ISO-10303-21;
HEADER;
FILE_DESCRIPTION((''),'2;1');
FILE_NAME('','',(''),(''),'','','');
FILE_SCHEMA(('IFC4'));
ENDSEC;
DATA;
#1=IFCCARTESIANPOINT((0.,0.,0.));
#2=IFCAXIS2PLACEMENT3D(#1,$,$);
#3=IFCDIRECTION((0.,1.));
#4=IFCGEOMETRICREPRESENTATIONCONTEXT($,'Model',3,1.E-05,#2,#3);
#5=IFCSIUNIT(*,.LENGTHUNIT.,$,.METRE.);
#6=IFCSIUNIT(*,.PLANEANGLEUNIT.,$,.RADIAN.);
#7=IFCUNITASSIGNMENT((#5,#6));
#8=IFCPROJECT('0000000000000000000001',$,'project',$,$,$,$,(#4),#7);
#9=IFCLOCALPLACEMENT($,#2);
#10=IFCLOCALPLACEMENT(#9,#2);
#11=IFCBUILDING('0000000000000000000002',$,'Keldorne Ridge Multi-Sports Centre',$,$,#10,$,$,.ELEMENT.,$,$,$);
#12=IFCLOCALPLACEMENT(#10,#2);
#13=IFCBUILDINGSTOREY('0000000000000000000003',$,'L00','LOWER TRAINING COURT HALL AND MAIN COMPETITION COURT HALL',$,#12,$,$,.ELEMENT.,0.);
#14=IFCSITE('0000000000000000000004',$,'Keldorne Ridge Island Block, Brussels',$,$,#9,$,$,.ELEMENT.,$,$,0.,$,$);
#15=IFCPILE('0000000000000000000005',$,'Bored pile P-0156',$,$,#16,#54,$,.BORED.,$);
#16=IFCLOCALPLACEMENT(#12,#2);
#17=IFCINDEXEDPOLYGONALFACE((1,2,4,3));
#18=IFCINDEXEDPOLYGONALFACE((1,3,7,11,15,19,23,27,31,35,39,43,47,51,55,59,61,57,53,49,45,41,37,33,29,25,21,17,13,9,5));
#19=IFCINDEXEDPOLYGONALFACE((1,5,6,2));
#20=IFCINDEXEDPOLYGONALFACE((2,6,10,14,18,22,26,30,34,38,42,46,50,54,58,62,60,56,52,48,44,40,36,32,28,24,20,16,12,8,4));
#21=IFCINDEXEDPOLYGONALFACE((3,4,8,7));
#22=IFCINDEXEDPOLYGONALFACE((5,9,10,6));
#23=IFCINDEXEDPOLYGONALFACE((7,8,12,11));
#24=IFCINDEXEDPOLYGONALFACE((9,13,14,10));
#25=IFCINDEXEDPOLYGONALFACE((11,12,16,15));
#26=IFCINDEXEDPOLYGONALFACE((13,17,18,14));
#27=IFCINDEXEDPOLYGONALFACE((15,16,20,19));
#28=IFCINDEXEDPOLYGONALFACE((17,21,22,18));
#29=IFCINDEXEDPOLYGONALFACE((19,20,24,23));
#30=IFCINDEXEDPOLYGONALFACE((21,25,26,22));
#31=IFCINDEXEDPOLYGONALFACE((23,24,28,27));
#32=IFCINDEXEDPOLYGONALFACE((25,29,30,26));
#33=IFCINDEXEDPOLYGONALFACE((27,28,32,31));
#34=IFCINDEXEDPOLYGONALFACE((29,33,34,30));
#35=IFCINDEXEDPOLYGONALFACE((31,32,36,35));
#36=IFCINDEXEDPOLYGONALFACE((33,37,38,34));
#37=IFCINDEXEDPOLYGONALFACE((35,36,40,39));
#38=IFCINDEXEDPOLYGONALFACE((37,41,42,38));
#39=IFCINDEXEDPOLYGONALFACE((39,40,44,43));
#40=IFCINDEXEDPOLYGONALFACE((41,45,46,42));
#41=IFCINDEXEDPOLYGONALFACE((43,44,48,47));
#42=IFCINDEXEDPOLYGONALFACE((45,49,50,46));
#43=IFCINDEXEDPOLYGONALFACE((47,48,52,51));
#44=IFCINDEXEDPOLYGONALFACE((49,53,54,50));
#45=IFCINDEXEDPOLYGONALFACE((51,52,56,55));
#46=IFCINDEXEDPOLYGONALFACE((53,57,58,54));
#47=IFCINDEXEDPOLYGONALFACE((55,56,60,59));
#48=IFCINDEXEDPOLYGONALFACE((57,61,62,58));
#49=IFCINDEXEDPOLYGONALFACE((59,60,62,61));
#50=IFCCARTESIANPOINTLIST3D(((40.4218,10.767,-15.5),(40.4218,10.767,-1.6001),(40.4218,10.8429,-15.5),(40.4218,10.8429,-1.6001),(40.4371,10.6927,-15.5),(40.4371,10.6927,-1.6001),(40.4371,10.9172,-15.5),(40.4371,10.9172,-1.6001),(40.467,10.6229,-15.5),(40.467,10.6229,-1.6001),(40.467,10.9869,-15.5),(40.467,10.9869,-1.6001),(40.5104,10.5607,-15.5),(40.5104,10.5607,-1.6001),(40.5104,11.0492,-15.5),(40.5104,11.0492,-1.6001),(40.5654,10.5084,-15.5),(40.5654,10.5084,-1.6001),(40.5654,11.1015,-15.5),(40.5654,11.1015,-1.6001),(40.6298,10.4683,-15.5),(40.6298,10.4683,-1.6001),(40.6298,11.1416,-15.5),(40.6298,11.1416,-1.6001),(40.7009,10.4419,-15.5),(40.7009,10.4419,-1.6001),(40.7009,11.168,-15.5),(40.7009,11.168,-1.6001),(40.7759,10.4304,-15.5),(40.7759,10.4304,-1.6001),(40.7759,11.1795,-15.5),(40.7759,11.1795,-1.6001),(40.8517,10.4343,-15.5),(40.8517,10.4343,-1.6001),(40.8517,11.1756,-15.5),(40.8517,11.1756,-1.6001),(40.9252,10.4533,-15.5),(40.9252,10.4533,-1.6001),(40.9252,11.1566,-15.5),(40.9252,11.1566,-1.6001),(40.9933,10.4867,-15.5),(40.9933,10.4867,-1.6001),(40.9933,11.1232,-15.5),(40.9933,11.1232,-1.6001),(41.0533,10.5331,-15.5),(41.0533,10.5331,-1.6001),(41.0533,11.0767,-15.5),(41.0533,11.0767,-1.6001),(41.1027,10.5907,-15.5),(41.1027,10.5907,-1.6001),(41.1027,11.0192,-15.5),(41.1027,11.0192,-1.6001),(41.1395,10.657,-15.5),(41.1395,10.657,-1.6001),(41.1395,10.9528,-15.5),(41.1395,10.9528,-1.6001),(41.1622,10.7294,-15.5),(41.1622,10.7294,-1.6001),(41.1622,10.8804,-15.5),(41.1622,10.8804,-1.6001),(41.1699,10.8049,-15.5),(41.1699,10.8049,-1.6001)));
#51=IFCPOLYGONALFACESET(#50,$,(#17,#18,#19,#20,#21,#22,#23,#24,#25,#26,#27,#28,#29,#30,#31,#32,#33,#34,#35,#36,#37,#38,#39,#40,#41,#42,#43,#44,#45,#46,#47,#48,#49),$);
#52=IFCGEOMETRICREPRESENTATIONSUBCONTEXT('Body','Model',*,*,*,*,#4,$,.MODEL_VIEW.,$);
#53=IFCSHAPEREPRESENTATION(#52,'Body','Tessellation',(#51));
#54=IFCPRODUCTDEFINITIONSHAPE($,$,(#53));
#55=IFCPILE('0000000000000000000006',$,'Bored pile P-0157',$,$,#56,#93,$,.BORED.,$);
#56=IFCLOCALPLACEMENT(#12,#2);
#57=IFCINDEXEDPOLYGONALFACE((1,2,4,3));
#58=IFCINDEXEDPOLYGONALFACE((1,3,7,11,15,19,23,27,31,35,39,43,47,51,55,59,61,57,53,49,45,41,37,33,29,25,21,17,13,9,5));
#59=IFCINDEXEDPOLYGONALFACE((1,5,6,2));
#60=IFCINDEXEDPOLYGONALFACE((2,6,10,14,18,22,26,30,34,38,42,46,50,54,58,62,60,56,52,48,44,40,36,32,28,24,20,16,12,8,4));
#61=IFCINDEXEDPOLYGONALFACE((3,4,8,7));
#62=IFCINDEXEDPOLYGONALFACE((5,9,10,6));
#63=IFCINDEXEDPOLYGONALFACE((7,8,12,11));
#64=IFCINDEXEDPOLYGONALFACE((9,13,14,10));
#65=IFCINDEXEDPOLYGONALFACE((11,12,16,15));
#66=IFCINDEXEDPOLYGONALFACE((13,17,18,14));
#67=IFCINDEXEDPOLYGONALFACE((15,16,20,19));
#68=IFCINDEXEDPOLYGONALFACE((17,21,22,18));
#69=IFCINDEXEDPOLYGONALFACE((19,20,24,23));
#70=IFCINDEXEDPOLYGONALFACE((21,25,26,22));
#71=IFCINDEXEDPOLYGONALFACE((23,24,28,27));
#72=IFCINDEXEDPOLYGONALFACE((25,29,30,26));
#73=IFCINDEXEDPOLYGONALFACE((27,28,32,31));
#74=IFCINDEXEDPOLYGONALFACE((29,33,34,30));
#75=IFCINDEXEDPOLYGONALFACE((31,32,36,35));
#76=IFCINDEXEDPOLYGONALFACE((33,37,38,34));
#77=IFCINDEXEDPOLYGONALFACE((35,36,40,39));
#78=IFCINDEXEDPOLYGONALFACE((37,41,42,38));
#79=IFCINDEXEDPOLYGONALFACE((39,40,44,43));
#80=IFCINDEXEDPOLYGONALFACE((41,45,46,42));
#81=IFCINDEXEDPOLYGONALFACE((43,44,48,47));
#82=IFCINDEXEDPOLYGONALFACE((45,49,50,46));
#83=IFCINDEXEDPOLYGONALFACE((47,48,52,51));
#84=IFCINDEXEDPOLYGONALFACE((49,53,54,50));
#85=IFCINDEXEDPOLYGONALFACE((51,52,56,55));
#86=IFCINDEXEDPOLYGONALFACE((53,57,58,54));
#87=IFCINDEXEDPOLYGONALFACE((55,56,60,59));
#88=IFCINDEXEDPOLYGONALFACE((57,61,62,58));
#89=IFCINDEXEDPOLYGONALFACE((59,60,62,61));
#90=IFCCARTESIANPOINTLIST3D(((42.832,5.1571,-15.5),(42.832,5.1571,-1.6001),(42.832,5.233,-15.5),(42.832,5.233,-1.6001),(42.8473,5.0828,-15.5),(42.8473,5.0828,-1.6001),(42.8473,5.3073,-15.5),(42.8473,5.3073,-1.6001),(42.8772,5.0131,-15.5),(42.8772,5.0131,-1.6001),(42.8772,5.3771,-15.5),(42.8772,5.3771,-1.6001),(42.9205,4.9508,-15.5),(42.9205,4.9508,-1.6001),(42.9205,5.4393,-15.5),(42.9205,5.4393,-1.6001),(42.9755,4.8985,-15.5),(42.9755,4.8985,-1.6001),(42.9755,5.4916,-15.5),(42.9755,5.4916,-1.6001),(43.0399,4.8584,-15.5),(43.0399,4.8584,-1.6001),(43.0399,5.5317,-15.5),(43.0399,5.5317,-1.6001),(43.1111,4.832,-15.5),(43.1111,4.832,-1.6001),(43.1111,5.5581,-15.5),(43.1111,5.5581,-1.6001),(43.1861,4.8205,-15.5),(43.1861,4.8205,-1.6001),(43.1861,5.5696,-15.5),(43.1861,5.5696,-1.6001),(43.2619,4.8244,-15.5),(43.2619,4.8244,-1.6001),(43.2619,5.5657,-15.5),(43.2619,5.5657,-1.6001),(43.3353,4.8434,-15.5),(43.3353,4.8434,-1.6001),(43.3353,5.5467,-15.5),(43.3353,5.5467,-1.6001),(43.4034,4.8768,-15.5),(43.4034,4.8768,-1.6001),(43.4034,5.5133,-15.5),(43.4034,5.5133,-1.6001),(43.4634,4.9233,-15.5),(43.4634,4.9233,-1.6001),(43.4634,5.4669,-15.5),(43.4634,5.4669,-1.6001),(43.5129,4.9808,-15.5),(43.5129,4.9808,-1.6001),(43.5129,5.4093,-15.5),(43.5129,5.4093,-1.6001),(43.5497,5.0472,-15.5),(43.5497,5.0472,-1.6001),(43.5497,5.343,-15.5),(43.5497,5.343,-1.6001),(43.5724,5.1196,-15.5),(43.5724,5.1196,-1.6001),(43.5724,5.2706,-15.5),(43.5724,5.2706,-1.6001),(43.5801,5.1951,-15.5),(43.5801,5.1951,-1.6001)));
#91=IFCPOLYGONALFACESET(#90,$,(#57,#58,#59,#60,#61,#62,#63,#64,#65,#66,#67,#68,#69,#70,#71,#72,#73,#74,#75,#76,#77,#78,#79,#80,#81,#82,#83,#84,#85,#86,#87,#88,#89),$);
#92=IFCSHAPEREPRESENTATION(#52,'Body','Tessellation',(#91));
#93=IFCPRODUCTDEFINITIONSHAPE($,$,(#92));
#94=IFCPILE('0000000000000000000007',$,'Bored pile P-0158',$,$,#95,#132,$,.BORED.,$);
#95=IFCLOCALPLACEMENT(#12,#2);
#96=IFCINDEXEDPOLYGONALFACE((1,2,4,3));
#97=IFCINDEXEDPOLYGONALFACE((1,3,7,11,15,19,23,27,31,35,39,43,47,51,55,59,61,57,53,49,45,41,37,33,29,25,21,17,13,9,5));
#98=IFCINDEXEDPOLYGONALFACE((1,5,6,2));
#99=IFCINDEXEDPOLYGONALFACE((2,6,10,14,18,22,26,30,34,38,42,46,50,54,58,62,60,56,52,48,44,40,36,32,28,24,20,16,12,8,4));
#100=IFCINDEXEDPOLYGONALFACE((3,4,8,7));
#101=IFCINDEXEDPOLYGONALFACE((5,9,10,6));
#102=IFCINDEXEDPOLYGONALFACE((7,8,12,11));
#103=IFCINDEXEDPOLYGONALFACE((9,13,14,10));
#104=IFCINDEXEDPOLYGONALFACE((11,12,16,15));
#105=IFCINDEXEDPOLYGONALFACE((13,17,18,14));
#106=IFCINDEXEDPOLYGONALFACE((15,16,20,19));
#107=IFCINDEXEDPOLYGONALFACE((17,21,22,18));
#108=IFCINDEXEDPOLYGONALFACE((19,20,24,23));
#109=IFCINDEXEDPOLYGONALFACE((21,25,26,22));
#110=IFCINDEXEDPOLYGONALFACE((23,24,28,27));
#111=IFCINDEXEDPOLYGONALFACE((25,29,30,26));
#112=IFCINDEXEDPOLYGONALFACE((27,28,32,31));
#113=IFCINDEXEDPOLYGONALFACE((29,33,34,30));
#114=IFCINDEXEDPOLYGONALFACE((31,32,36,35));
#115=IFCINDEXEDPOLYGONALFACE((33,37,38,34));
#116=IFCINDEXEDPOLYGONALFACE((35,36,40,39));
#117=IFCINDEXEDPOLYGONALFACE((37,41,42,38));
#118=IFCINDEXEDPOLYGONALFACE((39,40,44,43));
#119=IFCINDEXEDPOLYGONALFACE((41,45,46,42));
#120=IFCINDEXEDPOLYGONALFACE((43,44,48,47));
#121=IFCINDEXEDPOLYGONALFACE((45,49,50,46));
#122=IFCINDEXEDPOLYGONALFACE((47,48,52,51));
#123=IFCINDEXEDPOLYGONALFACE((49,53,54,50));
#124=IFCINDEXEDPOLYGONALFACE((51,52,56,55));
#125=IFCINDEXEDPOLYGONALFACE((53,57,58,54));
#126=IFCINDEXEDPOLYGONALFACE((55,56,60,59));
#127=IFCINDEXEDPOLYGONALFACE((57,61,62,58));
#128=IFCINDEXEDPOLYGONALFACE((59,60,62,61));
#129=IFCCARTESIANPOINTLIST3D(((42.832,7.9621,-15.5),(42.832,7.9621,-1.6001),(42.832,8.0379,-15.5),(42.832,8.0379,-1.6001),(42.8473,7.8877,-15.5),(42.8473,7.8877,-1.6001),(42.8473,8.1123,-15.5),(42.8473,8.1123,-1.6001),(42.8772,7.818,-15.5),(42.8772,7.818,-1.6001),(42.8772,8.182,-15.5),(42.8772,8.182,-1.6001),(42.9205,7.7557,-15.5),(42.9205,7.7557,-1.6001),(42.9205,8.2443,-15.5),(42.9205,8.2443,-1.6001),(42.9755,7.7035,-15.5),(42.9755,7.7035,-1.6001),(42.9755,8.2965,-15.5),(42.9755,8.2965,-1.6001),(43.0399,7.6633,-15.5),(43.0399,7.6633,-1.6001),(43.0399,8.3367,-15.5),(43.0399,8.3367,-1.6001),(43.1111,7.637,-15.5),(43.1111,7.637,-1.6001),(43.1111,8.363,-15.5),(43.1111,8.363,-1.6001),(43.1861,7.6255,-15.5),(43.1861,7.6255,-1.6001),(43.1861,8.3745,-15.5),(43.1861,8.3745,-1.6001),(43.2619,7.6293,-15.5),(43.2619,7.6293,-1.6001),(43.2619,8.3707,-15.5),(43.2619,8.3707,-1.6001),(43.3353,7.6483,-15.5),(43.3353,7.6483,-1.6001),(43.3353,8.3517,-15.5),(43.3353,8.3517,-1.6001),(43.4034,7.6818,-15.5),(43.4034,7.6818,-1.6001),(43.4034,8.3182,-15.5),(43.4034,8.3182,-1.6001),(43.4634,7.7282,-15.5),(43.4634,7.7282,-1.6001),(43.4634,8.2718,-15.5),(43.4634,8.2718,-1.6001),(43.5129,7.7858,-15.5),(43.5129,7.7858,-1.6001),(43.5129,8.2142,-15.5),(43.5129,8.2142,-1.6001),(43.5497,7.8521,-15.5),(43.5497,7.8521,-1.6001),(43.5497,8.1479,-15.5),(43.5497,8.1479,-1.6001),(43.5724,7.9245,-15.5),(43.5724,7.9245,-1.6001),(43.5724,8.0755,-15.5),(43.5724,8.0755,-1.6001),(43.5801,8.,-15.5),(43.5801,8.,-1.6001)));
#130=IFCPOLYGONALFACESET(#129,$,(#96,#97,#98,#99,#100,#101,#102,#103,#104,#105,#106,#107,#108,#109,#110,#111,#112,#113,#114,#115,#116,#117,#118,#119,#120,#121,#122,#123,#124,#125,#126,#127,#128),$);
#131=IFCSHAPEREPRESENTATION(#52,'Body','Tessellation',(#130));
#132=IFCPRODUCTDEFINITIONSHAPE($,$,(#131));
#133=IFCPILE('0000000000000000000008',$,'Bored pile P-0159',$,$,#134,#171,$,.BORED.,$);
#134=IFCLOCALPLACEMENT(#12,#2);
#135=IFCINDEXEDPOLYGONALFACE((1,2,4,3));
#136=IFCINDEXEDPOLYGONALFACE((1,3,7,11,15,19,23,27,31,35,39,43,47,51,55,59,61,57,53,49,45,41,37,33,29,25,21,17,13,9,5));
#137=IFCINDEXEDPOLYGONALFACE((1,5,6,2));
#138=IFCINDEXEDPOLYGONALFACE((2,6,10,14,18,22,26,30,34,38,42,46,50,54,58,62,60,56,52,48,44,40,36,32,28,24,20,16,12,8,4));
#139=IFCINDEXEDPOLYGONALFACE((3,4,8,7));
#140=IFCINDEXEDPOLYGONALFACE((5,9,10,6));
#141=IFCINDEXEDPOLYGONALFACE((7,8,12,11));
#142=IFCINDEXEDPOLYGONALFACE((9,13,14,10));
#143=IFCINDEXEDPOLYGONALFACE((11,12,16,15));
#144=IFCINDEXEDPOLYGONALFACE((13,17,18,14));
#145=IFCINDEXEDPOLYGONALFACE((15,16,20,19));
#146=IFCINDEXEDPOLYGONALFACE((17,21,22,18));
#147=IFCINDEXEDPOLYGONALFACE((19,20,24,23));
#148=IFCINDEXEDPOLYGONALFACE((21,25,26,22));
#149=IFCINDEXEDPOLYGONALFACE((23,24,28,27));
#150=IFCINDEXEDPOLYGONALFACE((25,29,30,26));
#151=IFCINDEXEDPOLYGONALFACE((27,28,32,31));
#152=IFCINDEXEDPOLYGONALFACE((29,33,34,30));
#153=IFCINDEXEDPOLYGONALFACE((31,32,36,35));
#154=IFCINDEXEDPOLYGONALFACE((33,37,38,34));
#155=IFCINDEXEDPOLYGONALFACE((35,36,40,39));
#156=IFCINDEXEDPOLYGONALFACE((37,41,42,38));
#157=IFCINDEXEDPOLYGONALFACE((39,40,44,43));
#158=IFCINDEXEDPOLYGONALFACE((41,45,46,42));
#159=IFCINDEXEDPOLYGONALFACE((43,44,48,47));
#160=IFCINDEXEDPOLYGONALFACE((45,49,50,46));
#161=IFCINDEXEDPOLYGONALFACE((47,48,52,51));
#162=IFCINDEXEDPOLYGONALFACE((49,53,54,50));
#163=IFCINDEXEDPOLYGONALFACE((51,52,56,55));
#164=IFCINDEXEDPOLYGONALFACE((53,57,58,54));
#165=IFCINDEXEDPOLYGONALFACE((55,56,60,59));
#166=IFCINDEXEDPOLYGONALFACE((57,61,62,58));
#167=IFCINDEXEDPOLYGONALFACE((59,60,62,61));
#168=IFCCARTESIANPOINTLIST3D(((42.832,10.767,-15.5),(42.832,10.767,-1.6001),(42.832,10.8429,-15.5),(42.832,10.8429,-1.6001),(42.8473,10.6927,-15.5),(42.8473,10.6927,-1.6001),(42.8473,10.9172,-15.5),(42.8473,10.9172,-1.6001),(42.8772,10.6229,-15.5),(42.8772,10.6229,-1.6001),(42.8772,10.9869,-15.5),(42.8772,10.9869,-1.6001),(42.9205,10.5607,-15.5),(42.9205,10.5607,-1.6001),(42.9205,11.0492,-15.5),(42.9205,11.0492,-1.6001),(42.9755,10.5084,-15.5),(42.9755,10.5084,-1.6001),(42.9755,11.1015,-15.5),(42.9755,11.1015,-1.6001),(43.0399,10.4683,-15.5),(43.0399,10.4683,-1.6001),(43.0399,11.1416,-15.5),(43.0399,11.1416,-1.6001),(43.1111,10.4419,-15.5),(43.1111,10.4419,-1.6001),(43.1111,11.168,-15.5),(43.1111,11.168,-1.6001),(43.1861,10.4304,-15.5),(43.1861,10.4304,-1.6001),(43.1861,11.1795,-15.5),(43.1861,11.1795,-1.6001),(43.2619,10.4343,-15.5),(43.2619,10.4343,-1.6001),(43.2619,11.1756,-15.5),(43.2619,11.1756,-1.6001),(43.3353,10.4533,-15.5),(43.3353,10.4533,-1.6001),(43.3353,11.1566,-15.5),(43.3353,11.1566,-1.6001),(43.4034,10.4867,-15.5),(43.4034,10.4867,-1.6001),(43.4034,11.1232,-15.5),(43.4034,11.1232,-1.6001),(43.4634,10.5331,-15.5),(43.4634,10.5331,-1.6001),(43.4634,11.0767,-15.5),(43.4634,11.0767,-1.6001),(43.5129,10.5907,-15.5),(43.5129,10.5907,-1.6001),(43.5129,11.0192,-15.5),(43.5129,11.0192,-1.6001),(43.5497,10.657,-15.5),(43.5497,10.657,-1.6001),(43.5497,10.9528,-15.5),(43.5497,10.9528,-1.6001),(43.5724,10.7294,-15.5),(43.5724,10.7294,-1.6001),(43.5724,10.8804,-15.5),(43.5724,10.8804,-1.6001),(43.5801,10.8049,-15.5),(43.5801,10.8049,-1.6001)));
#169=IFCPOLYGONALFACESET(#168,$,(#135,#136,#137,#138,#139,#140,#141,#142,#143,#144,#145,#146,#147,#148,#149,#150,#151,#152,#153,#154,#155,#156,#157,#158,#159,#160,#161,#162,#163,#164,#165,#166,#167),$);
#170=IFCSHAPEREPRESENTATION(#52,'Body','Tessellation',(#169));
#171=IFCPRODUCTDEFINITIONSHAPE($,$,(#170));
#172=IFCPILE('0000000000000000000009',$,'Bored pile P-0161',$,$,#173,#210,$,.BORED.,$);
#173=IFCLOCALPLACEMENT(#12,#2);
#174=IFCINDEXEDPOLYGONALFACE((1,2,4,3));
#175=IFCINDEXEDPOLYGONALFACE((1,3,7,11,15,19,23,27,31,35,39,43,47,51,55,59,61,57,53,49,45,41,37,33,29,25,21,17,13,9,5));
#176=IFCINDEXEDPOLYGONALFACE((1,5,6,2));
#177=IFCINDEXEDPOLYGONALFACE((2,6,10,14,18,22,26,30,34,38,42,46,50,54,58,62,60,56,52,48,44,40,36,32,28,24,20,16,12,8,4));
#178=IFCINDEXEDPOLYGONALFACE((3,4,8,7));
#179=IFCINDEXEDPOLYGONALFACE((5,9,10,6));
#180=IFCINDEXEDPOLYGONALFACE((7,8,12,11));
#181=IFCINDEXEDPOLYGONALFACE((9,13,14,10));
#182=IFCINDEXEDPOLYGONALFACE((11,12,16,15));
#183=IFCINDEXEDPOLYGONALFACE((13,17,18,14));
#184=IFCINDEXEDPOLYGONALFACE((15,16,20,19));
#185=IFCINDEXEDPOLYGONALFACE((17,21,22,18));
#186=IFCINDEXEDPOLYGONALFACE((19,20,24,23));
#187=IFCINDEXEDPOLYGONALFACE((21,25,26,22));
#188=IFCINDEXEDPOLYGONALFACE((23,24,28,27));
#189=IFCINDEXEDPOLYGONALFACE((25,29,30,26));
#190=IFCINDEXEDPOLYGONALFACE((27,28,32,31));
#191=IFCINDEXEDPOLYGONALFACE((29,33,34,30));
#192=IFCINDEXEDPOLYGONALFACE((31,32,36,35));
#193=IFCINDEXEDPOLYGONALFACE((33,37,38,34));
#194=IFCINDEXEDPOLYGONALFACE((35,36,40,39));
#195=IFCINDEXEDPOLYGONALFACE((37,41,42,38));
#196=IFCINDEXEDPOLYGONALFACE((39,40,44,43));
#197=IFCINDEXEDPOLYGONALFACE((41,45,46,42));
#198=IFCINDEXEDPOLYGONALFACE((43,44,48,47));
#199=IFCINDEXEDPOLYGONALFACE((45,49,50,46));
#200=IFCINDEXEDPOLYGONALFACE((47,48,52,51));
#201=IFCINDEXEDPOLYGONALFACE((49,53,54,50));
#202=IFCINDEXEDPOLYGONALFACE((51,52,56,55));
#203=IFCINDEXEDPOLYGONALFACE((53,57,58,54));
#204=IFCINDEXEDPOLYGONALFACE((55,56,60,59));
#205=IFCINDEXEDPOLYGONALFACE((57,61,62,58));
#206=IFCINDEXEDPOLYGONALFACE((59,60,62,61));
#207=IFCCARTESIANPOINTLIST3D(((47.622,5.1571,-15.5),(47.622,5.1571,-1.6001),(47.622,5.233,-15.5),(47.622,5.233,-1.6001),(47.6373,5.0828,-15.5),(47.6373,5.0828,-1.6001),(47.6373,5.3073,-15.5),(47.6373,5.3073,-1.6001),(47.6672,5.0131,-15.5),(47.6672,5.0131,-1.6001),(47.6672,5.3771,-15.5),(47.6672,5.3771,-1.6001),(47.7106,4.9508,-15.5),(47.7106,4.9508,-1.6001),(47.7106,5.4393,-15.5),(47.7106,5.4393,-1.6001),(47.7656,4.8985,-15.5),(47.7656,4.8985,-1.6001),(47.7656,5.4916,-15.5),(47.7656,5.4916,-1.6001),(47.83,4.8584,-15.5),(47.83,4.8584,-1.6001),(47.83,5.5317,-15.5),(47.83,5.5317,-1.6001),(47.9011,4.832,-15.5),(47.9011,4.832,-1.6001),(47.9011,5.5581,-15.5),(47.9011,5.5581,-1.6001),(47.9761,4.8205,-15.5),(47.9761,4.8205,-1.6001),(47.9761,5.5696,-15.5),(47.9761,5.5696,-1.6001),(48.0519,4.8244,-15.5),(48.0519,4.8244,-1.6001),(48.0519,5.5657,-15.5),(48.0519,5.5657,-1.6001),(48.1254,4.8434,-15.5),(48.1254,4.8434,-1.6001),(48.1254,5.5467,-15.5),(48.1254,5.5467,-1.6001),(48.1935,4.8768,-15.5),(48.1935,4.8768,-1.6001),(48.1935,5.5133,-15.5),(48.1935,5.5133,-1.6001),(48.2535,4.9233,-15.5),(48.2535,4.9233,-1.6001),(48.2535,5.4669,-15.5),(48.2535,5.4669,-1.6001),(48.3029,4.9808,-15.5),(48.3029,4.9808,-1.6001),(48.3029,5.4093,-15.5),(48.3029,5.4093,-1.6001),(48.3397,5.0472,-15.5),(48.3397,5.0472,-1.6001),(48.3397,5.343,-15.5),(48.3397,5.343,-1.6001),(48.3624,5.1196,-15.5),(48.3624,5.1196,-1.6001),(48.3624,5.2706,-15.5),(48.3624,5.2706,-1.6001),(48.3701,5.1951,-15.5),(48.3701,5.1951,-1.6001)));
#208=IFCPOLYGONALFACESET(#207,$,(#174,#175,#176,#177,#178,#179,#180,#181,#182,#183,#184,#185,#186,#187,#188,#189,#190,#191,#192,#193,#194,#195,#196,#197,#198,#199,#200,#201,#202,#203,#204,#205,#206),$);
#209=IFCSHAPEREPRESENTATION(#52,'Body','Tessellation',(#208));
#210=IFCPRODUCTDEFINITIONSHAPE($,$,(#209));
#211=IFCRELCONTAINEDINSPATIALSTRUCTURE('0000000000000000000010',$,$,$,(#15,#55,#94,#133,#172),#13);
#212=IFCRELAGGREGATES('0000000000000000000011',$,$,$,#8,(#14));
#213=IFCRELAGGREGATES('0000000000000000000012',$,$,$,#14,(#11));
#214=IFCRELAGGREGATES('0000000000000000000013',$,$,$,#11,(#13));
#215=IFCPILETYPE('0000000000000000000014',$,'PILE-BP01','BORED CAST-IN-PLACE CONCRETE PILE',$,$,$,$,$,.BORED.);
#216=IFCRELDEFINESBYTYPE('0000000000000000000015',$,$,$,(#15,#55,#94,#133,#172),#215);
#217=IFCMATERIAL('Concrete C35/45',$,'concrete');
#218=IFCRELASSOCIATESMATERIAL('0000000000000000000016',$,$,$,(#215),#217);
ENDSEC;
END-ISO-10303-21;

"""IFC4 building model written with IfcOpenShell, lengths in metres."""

from ifc_helpers import new_model, si_unit, direction, frame, origin, origin_2d, place, context, subcontext, project, spatial, circle, extrude, material, material_profile, profile_set, type_object, element, save


model = new_model("IFC4")

# Units and contexts
model_context = context("Model", 3, precision=1e-05, world=origin(), true_north=direction((0.0, 1.0)))
body_context = subcontext(model_context, "Body", "Model", "MODEL_VIEW")
ifc_project = project(units=[si_unit("LENGTHUNIT", "METRE"), si_unit("PLANEANGLEUNIT", "RADIAN")], contexts=[model_context])

# Site, building, storey
site_placement = place(None, origin())
site = spatial("IfcSite", under=ifc_project, at=site_placement, Name="Keldorne Ridge Island Block, Brussels", CompositionType="ELEMENT", RefElevation=0.0)
building_placement = place(site_placement, origin())
building = spatial("IfcBuilding", under=site, at=building_placement, Name="Keldorne Ridge Multi-Sports Centre", CompositionType="ELEMENT")
storey_placement = place(building_placement, origin())
storey = spatial("IfcBuildingStorey", under=building, at=storey_placement, Name="L00", Description="LOWER TRAINING COURT HALL AND MAIN COMPETITION COURT HALL", CompositionType="ELEMENT", Elevation=0.0)

# Shared definitions
ifc_material_1 = material(Name="Concrete C35/45", Category="concrete")

# Piles
ifc_material_profile_1 = material_profile(ifc_material_1, circle(Radius=0.375, at=origin_2d()), Name="BORED PILE D750")
ifc_profile_set_1 = profile_set([ifc_material_profile_1], Name="Concrete C35/45")
pile_type = type_object("IfcPileType", Name="PILE-BP01", Description="BORED CAST-IN-PLACE CONCRETE PILE", PredefinedType="BORED", material=ifc_profile_set_1)
for number, where, z_axis, x_axis, name in (
    (1, (40.7949, 10.8049, -1.6001), (0.0, 0.0, -1.0), (1.0, 0.0, 0.0), "Bored pile P-0156"),
    (2, (43.2051, 5.1951, -1.6001), (0.0, 0.0, -1.0), (1.0, 0.0, 0.0), "Bored pile P-0157"),
    (3, (43.2051, 8.0, -1.6001), (0.0, 0.0, -1.0), (1.0, 0.0, 0.0), "Bored pile P-0158"),
    (4, (43.2051, 10.8049, -1.6001), (0.0, 0.0, -1.0), (1.0, 0.0, 0.0), "Bored pile P-0159"),
    (5, (47.9951, 5.1951, -1.6001), (0.0, 0.0, -1.0), (1.0, 0.0, 0.0), "Bored pile P-0161"),
):
    element("IfcPile", number, at=place(storey_placement, frame(where, z_axis=z_axis, x_axis=x_axis)), inside=storey, type_object=pile_type, Name=name, PredefinedType="BORED", context=body_context, shape_type="SweptSolid", body=[
        extrude(circle(Radius=0.375, at=origin_2d()), origin(), (0.0, 0.0, 1.0), 13.8999),
    ])

save(model, "model.ifc")
